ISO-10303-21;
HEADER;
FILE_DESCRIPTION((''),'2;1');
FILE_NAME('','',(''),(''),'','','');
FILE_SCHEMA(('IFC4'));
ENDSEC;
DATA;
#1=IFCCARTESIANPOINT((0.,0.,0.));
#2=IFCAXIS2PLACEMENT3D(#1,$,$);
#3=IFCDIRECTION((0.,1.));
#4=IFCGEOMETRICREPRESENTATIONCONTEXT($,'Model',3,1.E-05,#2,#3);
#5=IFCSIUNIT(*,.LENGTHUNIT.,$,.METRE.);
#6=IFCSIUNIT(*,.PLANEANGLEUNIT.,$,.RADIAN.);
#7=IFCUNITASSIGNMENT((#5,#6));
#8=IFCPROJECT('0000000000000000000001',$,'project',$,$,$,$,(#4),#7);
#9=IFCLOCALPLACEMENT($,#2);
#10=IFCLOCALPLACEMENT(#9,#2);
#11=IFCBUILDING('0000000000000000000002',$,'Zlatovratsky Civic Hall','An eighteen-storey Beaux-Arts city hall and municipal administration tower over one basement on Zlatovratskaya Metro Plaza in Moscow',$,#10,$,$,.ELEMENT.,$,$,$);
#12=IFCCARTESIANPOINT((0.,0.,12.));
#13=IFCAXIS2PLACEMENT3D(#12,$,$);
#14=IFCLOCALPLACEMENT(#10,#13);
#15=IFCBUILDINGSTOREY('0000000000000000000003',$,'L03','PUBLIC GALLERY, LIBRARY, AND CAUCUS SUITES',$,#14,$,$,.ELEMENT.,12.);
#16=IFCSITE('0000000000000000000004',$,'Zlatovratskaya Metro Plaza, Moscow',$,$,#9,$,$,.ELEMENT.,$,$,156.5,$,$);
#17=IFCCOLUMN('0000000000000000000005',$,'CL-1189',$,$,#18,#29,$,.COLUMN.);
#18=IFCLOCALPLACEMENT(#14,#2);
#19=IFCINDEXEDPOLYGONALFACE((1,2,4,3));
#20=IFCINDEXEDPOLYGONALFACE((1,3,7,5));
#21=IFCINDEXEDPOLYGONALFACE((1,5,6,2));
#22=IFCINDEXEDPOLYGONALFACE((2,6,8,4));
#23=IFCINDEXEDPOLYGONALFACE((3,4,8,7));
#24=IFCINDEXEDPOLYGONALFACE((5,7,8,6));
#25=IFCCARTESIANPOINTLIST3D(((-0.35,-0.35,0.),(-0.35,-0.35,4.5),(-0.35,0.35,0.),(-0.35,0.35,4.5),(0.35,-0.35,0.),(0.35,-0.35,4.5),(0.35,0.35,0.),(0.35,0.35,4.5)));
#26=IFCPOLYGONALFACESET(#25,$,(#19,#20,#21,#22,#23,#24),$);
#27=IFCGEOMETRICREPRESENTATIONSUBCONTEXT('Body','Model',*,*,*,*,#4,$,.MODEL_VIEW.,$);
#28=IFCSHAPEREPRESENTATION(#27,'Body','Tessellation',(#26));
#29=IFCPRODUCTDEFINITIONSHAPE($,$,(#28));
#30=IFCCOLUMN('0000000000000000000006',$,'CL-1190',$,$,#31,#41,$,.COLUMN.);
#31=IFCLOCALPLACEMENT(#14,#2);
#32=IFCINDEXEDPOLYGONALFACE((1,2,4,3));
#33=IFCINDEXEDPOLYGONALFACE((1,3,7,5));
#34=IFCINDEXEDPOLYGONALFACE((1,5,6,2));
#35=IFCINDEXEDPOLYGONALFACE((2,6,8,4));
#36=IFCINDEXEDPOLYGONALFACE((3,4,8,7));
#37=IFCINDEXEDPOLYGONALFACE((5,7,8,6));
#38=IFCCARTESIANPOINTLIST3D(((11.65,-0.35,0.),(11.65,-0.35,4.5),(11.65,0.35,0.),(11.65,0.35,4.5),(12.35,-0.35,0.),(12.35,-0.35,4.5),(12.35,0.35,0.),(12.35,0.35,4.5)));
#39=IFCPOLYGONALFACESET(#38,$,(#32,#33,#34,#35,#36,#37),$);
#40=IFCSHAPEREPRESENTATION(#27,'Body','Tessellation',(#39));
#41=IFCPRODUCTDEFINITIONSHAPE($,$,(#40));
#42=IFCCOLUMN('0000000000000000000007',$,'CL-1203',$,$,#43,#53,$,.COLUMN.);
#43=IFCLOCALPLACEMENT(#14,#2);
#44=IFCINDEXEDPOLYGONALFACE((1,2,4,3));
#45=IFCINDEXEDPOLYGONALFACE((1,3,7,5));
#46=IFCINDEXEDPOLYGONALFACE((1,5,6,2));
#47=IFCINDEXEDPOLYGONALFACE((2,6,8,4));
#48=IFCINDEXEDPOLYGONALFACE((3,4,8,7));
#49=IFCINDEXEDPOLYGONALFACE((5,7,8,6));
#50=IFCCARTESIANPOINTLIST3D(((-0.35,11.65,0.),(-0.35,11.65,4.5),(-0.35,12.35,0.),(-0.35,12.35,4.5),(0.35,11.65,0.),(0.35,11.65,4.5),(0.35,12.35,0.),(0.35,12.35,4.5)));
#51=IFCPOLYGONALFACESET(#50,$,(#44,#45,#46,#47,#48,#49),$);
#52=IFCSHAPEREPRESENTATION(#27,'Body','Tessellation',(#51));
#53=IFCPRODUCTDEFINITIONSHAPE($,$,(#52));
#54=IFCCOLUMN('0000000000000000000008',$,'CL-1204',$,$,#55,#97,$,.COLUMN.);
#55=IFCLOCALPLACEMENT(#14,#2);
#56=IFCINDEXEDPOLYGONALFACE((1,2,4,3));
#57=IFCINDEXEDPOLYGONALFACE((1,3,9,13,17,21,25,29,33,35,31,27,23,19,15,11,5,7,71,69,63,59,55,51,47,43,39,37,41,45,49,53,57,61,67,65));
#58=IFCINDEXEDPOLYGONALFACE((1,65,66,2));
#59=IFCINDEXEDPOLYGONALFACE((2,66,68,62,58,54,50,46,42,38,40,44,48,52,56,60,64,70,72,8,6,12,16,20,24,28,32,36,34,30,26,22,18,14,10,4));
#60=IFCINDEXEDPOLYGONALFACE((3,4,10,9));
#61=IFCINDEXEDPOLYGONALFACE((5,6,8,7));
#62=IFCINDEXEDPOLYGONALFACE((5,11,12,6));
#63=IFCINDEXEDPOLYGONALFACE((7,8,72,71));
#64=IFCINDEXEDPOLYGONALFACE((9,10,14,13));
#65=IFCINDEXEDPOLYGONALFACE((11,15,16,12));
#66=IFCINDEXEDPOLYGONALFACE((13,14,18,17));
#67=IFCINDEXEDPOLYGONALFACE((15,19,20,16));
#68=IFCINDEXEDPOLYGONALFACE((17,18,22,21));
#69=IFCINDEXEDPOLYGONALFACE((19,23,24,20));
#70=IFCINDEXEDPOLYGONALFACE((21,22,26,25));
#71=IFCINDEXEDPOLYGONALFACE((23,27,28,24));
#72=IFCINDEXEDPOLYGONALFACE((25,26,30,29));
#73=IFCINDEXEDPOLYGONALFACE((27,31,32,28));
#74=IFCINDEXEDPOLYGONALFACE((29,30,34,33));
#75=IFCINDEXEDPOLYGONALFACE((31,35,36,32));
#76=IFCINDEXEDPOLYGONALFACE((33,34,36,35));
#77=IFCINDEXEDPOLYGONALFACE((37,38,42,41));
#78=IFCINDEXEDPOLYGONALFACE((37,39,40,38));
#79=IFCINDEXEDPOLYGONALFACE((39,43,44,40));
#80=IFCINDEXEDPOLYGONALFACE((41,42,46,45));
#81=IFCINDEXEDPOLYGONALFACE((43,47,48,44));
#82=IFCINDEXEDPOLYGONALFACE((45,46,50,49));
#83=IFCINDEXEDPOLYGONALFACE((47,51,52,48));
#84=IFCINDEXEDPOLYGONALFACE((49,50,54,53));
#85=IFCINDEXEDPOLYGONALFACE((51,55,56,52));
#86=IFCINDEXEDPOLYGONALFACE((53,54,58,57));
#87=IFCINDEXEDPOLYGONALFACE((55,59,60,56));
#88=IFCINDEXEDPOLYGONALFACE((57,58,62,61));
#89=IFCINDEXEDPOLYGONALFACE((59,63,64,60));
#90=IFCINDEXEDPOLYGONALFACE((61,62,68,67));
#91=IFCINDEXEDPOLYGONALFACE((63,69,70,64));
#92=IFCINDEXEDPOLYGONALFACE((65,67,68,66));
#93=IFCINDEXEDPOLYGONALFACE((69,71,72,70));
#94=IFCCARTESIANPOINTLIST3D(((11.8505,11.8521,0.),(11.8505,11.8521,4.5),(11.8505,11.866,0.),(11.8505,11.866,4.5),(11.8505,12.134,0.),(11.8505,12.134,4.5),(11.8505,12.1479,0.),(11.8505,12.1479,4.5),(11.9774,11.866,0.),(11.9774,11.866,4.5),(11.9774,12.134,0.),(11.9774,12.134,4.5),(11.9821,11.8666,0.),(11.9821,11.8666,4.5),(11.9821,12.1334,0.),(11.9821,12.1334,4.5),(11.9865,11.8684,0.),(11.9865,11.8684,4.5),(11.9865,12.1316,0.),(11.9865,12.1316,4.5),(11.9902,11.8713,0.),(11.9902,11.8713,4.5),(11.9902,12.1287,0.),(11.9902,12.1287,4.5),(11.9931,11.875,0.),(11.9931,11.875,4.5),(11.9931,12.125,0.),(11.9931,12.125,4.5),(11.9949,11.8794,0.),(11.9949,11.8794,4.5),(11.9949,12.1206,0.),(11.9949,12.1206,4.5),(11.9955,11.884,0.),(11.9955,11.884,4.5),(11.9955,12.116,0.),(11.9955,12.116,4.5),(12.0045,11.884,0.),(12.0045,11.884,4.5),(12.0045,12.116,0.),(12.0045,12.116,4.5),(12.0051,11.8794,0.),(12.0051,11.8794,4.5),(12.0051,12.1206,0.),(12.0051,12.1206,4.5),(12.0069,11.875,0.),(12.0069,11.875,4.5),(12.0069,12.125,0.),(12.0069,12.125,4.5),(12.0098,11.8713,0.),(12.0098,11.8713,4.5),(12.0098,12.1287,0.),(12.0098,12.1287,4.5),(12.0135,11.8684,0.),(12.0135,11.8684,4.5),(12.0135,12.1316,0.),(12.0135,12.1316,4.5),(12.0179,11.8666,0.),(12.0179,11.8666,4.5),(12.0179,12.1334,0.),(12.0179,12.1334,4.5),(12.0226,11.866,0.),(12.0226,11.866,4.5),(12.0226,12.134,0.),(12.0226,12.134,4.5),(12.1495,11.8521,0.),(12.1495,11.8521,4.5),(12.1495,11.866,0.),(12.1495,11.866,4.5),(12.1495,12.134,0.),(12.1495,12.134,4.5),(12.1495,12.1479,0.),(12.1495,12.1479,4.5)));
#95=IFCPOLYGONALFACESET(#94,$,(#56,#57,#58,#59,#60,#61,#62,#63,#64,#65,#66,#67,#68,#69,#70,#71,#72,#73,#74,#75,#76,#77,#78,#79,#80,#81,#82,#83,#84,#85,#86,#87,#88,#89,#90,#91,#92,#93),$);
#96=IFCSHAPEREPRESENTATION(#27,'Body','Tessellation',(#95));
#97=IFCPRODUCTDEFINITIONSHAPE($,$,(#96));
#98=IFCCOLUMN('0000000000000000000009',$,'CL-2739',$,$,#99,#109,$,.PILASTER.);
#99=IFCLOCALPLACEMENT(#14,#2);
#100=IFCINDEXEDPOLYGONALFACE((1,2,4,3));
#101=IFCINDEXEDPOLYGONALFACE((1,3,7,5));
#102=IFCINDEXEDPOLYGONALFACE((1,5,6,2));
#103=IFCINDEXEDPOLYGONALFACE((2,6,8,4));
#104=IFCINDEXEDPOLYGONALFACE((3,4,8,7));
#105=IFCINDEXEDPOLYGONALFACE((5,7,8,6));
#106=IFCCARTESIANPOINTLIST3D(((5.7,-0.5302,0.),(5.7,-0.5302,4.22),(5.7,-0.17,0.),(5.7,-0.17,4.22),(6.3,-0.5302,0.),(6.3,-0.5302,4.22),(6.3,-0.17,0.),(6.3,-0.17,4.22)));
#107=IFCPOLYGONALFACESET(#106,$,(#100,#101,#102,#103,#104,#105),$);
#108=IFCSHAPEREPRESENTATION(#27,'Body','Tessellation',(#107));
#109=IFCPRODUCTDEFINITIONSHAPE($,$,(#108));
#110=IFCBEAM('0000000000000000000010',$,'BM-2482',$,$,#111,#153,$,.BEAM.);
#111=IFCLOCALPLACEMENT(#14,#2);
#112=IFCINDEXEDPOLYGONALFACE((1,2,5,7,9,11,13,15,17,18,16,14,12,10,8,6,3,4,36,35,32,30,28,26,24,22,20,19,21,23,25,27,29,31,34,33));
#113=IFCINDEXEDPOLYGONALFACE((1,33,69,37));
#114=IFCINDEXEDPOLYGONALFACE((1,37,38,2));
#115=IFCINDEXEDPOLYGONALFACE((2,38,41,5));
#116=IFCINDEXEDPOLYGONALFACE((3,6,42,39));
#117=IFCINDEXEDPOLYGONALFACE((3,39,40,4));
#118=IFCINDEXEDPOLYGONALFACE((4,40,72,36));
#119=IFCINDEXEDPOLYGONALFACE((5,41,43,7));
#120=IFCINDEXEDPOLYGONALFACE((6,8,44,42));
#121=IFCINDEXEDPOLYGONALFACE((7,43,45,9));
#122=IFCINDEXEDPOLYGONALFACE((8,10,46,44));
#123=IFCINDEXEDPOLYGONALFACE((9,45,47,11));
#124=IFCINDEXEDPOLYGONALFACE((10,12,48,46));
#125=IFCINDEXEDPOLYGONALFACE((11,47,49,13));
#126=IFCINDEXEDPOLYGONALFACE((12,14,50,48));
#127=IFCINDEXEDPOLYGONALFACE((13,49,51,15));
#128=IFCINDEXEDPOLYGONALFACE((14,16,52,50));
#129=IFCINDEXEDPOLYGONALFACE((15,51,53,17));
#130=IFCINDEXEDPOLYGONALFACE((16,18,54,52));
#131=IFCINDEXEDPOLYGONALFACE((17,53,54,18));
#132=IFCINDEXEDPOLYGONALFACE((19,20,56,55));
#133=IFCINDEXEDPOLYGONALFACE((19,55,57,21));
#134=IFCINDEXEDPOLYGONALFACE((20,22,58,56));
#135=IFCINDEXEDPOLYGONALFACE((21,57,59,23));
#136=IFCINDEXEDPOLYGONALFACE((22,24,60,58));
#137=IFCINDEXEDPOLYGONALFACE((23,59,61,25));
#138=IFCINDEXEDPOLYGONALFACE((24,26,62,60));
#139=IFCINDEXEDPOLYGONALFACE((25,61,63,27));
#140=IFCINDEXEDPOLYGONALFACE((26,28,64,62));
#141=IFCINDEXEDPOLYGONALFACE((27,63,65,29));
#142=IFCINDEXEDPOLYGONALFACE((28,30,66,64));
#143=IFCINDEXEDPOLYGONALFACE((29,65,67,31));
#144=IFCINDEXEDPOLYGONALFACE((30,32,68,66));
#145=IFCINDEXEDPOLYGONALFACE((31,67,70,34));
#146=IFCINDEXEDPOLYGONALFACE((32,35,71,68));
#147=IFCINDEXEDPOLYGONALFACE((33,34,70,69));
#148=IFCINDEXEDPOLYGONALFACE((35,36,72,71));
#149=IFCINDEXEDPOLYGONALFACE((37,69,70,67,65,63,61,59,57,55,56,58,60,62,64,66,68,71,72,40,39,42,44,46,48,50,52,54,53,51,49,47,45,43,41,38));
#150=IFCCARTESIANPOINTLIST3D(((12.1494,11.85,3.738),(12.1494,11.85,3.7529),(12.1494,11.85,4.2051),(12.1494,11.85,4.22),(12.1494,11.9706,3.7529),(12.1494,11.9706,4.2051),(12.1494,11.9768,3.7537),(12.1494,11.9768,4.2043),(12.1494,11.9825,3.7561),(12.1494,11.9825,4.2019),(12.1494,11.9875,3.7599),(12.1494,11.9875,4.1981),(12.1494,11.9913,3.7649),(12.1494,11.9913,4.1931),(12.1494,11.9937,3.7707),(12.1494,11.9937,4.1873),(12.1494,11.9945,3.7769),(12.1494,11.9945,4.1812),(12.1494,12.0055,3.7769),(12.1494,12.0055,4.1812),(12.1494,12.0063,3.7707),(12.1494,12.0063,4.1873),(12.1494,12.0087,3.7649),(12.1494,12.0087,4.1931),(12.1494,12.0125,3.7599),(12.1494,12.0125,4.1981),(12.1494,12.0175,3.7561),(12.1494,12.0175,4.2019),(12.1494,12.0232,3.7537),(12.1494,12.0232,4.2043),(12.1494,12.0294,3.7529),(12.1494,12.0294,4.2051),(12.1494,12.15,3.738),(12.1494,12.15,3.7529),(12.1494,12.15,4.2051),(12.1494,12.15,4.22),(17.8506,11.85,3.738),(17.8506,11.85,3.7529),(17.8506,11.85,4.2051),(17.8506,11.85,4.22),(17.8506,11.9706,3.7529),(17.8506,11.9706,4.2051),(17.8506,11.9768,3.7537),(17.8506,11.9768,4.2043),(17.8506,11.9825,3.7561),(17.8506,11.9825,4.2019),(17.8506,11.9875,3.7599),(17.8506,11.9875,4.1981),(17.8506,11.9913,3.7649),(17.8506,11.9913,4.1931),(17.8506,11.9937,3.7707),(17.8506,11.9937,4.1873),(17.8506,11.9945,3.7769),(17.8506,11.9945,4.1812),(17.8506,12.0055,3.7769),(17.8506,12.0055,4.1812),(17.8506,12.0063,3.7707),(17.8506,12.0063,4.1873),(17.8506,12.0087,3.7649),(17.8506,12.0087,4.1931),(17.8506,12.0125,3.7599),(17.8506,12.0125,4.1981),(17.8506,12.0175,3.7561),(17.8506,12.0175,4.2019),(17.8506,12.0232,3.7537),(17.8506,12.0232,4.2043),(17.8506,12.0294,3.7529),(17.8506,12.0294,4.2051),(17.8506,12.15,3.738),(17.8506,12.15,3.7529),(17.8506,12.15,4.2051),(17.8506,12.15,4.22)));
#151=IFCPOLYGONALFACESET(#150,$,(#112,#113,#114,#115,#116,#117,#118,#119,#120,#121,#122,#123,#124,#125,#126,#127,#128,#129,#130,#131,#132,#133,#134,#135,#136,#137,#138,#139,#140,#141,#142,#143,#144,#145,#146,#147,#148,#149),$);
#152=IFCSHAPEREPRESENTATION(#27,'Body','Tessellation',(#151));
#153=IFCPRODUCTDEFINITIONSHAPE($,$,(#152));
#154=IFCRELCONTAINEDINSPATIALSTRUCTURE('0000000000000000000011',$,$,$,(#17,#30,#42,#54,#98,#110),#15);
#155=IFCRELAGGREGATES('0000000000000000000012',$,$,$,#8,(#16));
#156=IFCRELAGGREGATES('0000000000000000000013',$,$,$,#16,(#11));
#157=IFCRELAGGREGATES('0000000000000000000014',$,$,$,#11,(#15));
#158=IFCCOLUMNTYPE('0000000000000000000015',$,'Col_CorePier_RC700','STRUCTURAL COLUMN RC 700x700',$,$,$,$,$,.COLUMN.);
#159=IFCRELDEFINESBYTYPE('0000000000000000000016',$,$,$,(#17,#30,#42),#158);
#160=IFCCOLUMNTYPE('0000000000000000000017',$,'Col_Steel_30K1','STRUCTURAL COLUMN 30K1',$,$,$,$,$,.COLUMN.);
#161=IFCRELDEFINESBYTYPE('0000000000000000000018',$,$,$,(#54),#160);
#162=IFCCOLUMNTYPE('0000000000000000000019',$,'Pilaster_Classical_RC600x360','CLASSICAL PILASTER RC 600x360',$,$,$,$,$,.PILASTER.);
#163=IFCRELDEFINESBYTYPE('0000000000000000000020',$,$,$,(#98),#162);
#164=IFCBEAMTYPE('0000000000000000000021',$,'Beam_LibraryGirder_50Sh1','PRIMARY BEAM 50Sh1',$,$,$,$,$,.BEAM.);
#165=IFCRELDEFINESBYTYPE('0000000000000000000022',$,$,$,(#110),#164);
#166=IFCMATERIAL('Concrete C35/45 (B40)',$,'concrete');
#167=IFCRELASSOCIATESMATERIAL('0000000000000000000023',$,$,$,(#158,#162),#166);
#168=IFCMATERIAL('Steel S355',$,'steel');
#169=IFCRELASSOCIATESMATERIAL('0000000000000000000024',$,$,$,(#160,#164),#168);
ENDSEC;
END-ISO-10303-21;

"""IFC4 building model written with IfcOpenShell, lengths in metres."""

from ifc_helpers import new_model, si_unit, direction, frame, origin, origin_2d, place, context, subcontext, project, spatial, rectangle, i_section, extrude, material, material_profile, profile_set, type_object, element, save


model = new_model("IFC4")

# Units and contexts
model_context = context("Model", 3, precision=1e-05, world=origin(), true_north=direction((0.0, 1.0)))
body_context = subcontext(model_context, "Body", "Model", "MODEL_VIEW")
ifc_project = project(units=[si_unit("LENGTHUNIT", "METRE"), si_unit("PLANEANGLEUNIT", "RADIAN")], contexts=[model_context])

# Site, building, storey
site_placement = place(None, origin())
site = spatial("IfcSite", under=ifc_project, at=site_placement, Name="Zlatovratskaya Metro Plaza, Moscow", CompositionType="ELEMENT", RefElevation=156.5)
building_placement = place(site_placement, origin())
building = spatial("IfcBuilding", under=site, at=building_placement, Name="Zlatovratsky Civic Hall", Description="An eighteen-storey Beaux-Arts city hall and municipal administration tower over one basement on Zlatovratskaya Metro Plaza in Moscow", CompositionType="ELEMENT")
storey_placement = place(building_placement, frame((0.0, 0.0, 12.0)))
storey = spatial("IfcBuildingStorey", under=building, at=storey_placement, Name="L03", Description="PUBLIC GALLERY, LIBRARY, AND CAUCUS SUITES", CompositionType="ELEMENT", Elevation=12.0)

# Columns
ifc_material_1 = material(Name="Concrete C35/45 (B40)", Category="concrete")
ifc_material_profile_1 = material_profile(ifc_material_1, rectangle(XDim=0.7, YDim=0.7, at=origin_2d()), Name="RC 700x700")
ifc_profile_set_1 = profile_set([ifc_material_profile_1], Name="Concrete C35/45 (B40)")
column_type_1 = type_object("IfcColumnType", Name="Col_CorePier_RC700", Description="STRUCTURAL COLUMN RC 700x700", PredefinedType="COLUMN", material=ifc_profile_set_1)
for number, where, z_axis, x_axis, name in (
    (1, (0.0, 0.0, 0.0), (0.0, 0.0, 1.0), (1.0, 0.0, 0.0), "CL-1189"),
    (2, (12.0, 0.0, 0.0), (0.0, 0.0, 1.0), (1.0, 0.0, 0.0), "CL-1190"),
    (3, (0.0, 12.0, 0.0), (0.0, 0.0, 1.0), (1.0, 0.0, 0.0), "CL-1203"),
):
    element("IfcColumn", number, at=place(storey_placement, frame(where, z_axis=z_axis, x_axis=x_axis)), inside=storey, type_object=column_type_1, Name=name, PredefinedType="COLUMN", context=body_context, shape_type="SweptSolid", body=[
        extrude(rectangle(XDim=0.7, YDim=0.7, at=origin_2d()), origin(), (0.0, 0.0, 1.0), 4.5),
    ])
ifc_material_2 = material(Name="Steel S355", Category="steel")
ifc_material_profile_2 = material_profile(ifc_material_2, i_section(OverallWidth=0.2991, OverallDepth=0.2959, WebThickness=0.009, FlangeThickness=0.0139, FilletRadius=0.0181, at=origin_2d()), Name="30K1")
ifc_profile_set_2 = profile_set([ifc_material_profile_2], Name="Steel S355")
column_type_2 = type_object("IfcColumnType", Name="Col_Steel_30K1", Description="STRUCTURAL COLUMN 30K1", PredefinedType="COLUMN", material=ifc_profile_set_2)
column_1_placement = place(storey_placement, frame((12.0, 12.0, 0.0), z_axis=(0.0, 0.0, 1.0), x_axis=(1.0, 0.0, 0.0)))
element("IfcColumn", 4, at=column_1_placement, inside=storey, type_object=column_type_2, Name="CL-1204", PredefinedType="COLUMN", context=body_context, shape_type="SweptSolid", body=[
    extrude(i_section(OverallWidth=0.2991, OverallDepth=0.2959, WebThickness=0.009, FlangeThickness=0.0139, FilletRadius=0.0181, at=origin_2d()), origin(), (0.0, 0.0, 1.0), 4.5),
])
ifc_material_profile_3 = material_profile(ifc_material_1, rectangle(XDim=0.6001, YDim=0.3601, at=origin_2d()), Name="RC 600x360")
ifc_profile_set_3 = profile_set([ifc_material_profile_3], Name="Concrete C35/45 (B40)")
column_type_3 = type_object("IfcColumnType", Name="Pilaster_Classical_RC600x360", Description="CLASSICAL PILASTER RC 600x360", PredefinedType="PILASTER", material=ifc_profile_set_3)
column_2_placement = place(storey_placement, frame((6.0, -0.3501, 0.0), z_axis=(0.0, 0.0, 1.0), x_axis=(1.0, 0.0, 0.0)))
element("IfcColumn", 5, at=column_2_placement, inside=storey, type_object=column_type_3, Name="CL-2739", PredefinedType="PILASTER", context=body_context, shape_type="SweptSolid", body=[
    extrude(rectangle(XDim=0.6001, YDim=0.3601, at=origin_2d()), origin(), (0.0, 0.0, 1.0), 4.22),
])

# Beam
ifc_material_profile_4 = material_profile(ifc_material_2, i_section(OverallWidth=0.3, OverallDepth=0.4819, WebThickness=0.011, FlangeThickness=0.0149, FilletRadius=0.0239, at=origin_2d()), Name="50Sh1")
ifc_profile_set_4 = profile_set([ifc_material_profile_4], Name="Steel S355")
beam_type_1 = type_object("IfcBeamType", Name="Beam_LibraryGirder_50Sh1", Description="PRIMARY BEAM 50Sh1", PredefinedType="BEAM", material=ifc_profile_set_4)
beam_1_placement = place(storey_placement, frame((12.1494, 12.0, 3.979), z_axis=(1.0, 0.0, 0.0), x_axis=(0.0, 1.0, 0.0)))
element("IfcBeam", 6, at=beam_1_placement, inside=storey, type_object=beam_type_1, Name="BM-2482", PredefinedType="BEAM", context=body_context, shape_type="SweptSolid", body=[
    extrude(i_section(OverallWidth=0.3, OverallDepth=0.4819, WebThickness=0.011, FlangeThickness=0.0149, FilletRadius=0.0239, at=origin_2d()), origin(), (0.0, 0.0, 1.0), 5.7012),
])

save(model, "model.ifc")
